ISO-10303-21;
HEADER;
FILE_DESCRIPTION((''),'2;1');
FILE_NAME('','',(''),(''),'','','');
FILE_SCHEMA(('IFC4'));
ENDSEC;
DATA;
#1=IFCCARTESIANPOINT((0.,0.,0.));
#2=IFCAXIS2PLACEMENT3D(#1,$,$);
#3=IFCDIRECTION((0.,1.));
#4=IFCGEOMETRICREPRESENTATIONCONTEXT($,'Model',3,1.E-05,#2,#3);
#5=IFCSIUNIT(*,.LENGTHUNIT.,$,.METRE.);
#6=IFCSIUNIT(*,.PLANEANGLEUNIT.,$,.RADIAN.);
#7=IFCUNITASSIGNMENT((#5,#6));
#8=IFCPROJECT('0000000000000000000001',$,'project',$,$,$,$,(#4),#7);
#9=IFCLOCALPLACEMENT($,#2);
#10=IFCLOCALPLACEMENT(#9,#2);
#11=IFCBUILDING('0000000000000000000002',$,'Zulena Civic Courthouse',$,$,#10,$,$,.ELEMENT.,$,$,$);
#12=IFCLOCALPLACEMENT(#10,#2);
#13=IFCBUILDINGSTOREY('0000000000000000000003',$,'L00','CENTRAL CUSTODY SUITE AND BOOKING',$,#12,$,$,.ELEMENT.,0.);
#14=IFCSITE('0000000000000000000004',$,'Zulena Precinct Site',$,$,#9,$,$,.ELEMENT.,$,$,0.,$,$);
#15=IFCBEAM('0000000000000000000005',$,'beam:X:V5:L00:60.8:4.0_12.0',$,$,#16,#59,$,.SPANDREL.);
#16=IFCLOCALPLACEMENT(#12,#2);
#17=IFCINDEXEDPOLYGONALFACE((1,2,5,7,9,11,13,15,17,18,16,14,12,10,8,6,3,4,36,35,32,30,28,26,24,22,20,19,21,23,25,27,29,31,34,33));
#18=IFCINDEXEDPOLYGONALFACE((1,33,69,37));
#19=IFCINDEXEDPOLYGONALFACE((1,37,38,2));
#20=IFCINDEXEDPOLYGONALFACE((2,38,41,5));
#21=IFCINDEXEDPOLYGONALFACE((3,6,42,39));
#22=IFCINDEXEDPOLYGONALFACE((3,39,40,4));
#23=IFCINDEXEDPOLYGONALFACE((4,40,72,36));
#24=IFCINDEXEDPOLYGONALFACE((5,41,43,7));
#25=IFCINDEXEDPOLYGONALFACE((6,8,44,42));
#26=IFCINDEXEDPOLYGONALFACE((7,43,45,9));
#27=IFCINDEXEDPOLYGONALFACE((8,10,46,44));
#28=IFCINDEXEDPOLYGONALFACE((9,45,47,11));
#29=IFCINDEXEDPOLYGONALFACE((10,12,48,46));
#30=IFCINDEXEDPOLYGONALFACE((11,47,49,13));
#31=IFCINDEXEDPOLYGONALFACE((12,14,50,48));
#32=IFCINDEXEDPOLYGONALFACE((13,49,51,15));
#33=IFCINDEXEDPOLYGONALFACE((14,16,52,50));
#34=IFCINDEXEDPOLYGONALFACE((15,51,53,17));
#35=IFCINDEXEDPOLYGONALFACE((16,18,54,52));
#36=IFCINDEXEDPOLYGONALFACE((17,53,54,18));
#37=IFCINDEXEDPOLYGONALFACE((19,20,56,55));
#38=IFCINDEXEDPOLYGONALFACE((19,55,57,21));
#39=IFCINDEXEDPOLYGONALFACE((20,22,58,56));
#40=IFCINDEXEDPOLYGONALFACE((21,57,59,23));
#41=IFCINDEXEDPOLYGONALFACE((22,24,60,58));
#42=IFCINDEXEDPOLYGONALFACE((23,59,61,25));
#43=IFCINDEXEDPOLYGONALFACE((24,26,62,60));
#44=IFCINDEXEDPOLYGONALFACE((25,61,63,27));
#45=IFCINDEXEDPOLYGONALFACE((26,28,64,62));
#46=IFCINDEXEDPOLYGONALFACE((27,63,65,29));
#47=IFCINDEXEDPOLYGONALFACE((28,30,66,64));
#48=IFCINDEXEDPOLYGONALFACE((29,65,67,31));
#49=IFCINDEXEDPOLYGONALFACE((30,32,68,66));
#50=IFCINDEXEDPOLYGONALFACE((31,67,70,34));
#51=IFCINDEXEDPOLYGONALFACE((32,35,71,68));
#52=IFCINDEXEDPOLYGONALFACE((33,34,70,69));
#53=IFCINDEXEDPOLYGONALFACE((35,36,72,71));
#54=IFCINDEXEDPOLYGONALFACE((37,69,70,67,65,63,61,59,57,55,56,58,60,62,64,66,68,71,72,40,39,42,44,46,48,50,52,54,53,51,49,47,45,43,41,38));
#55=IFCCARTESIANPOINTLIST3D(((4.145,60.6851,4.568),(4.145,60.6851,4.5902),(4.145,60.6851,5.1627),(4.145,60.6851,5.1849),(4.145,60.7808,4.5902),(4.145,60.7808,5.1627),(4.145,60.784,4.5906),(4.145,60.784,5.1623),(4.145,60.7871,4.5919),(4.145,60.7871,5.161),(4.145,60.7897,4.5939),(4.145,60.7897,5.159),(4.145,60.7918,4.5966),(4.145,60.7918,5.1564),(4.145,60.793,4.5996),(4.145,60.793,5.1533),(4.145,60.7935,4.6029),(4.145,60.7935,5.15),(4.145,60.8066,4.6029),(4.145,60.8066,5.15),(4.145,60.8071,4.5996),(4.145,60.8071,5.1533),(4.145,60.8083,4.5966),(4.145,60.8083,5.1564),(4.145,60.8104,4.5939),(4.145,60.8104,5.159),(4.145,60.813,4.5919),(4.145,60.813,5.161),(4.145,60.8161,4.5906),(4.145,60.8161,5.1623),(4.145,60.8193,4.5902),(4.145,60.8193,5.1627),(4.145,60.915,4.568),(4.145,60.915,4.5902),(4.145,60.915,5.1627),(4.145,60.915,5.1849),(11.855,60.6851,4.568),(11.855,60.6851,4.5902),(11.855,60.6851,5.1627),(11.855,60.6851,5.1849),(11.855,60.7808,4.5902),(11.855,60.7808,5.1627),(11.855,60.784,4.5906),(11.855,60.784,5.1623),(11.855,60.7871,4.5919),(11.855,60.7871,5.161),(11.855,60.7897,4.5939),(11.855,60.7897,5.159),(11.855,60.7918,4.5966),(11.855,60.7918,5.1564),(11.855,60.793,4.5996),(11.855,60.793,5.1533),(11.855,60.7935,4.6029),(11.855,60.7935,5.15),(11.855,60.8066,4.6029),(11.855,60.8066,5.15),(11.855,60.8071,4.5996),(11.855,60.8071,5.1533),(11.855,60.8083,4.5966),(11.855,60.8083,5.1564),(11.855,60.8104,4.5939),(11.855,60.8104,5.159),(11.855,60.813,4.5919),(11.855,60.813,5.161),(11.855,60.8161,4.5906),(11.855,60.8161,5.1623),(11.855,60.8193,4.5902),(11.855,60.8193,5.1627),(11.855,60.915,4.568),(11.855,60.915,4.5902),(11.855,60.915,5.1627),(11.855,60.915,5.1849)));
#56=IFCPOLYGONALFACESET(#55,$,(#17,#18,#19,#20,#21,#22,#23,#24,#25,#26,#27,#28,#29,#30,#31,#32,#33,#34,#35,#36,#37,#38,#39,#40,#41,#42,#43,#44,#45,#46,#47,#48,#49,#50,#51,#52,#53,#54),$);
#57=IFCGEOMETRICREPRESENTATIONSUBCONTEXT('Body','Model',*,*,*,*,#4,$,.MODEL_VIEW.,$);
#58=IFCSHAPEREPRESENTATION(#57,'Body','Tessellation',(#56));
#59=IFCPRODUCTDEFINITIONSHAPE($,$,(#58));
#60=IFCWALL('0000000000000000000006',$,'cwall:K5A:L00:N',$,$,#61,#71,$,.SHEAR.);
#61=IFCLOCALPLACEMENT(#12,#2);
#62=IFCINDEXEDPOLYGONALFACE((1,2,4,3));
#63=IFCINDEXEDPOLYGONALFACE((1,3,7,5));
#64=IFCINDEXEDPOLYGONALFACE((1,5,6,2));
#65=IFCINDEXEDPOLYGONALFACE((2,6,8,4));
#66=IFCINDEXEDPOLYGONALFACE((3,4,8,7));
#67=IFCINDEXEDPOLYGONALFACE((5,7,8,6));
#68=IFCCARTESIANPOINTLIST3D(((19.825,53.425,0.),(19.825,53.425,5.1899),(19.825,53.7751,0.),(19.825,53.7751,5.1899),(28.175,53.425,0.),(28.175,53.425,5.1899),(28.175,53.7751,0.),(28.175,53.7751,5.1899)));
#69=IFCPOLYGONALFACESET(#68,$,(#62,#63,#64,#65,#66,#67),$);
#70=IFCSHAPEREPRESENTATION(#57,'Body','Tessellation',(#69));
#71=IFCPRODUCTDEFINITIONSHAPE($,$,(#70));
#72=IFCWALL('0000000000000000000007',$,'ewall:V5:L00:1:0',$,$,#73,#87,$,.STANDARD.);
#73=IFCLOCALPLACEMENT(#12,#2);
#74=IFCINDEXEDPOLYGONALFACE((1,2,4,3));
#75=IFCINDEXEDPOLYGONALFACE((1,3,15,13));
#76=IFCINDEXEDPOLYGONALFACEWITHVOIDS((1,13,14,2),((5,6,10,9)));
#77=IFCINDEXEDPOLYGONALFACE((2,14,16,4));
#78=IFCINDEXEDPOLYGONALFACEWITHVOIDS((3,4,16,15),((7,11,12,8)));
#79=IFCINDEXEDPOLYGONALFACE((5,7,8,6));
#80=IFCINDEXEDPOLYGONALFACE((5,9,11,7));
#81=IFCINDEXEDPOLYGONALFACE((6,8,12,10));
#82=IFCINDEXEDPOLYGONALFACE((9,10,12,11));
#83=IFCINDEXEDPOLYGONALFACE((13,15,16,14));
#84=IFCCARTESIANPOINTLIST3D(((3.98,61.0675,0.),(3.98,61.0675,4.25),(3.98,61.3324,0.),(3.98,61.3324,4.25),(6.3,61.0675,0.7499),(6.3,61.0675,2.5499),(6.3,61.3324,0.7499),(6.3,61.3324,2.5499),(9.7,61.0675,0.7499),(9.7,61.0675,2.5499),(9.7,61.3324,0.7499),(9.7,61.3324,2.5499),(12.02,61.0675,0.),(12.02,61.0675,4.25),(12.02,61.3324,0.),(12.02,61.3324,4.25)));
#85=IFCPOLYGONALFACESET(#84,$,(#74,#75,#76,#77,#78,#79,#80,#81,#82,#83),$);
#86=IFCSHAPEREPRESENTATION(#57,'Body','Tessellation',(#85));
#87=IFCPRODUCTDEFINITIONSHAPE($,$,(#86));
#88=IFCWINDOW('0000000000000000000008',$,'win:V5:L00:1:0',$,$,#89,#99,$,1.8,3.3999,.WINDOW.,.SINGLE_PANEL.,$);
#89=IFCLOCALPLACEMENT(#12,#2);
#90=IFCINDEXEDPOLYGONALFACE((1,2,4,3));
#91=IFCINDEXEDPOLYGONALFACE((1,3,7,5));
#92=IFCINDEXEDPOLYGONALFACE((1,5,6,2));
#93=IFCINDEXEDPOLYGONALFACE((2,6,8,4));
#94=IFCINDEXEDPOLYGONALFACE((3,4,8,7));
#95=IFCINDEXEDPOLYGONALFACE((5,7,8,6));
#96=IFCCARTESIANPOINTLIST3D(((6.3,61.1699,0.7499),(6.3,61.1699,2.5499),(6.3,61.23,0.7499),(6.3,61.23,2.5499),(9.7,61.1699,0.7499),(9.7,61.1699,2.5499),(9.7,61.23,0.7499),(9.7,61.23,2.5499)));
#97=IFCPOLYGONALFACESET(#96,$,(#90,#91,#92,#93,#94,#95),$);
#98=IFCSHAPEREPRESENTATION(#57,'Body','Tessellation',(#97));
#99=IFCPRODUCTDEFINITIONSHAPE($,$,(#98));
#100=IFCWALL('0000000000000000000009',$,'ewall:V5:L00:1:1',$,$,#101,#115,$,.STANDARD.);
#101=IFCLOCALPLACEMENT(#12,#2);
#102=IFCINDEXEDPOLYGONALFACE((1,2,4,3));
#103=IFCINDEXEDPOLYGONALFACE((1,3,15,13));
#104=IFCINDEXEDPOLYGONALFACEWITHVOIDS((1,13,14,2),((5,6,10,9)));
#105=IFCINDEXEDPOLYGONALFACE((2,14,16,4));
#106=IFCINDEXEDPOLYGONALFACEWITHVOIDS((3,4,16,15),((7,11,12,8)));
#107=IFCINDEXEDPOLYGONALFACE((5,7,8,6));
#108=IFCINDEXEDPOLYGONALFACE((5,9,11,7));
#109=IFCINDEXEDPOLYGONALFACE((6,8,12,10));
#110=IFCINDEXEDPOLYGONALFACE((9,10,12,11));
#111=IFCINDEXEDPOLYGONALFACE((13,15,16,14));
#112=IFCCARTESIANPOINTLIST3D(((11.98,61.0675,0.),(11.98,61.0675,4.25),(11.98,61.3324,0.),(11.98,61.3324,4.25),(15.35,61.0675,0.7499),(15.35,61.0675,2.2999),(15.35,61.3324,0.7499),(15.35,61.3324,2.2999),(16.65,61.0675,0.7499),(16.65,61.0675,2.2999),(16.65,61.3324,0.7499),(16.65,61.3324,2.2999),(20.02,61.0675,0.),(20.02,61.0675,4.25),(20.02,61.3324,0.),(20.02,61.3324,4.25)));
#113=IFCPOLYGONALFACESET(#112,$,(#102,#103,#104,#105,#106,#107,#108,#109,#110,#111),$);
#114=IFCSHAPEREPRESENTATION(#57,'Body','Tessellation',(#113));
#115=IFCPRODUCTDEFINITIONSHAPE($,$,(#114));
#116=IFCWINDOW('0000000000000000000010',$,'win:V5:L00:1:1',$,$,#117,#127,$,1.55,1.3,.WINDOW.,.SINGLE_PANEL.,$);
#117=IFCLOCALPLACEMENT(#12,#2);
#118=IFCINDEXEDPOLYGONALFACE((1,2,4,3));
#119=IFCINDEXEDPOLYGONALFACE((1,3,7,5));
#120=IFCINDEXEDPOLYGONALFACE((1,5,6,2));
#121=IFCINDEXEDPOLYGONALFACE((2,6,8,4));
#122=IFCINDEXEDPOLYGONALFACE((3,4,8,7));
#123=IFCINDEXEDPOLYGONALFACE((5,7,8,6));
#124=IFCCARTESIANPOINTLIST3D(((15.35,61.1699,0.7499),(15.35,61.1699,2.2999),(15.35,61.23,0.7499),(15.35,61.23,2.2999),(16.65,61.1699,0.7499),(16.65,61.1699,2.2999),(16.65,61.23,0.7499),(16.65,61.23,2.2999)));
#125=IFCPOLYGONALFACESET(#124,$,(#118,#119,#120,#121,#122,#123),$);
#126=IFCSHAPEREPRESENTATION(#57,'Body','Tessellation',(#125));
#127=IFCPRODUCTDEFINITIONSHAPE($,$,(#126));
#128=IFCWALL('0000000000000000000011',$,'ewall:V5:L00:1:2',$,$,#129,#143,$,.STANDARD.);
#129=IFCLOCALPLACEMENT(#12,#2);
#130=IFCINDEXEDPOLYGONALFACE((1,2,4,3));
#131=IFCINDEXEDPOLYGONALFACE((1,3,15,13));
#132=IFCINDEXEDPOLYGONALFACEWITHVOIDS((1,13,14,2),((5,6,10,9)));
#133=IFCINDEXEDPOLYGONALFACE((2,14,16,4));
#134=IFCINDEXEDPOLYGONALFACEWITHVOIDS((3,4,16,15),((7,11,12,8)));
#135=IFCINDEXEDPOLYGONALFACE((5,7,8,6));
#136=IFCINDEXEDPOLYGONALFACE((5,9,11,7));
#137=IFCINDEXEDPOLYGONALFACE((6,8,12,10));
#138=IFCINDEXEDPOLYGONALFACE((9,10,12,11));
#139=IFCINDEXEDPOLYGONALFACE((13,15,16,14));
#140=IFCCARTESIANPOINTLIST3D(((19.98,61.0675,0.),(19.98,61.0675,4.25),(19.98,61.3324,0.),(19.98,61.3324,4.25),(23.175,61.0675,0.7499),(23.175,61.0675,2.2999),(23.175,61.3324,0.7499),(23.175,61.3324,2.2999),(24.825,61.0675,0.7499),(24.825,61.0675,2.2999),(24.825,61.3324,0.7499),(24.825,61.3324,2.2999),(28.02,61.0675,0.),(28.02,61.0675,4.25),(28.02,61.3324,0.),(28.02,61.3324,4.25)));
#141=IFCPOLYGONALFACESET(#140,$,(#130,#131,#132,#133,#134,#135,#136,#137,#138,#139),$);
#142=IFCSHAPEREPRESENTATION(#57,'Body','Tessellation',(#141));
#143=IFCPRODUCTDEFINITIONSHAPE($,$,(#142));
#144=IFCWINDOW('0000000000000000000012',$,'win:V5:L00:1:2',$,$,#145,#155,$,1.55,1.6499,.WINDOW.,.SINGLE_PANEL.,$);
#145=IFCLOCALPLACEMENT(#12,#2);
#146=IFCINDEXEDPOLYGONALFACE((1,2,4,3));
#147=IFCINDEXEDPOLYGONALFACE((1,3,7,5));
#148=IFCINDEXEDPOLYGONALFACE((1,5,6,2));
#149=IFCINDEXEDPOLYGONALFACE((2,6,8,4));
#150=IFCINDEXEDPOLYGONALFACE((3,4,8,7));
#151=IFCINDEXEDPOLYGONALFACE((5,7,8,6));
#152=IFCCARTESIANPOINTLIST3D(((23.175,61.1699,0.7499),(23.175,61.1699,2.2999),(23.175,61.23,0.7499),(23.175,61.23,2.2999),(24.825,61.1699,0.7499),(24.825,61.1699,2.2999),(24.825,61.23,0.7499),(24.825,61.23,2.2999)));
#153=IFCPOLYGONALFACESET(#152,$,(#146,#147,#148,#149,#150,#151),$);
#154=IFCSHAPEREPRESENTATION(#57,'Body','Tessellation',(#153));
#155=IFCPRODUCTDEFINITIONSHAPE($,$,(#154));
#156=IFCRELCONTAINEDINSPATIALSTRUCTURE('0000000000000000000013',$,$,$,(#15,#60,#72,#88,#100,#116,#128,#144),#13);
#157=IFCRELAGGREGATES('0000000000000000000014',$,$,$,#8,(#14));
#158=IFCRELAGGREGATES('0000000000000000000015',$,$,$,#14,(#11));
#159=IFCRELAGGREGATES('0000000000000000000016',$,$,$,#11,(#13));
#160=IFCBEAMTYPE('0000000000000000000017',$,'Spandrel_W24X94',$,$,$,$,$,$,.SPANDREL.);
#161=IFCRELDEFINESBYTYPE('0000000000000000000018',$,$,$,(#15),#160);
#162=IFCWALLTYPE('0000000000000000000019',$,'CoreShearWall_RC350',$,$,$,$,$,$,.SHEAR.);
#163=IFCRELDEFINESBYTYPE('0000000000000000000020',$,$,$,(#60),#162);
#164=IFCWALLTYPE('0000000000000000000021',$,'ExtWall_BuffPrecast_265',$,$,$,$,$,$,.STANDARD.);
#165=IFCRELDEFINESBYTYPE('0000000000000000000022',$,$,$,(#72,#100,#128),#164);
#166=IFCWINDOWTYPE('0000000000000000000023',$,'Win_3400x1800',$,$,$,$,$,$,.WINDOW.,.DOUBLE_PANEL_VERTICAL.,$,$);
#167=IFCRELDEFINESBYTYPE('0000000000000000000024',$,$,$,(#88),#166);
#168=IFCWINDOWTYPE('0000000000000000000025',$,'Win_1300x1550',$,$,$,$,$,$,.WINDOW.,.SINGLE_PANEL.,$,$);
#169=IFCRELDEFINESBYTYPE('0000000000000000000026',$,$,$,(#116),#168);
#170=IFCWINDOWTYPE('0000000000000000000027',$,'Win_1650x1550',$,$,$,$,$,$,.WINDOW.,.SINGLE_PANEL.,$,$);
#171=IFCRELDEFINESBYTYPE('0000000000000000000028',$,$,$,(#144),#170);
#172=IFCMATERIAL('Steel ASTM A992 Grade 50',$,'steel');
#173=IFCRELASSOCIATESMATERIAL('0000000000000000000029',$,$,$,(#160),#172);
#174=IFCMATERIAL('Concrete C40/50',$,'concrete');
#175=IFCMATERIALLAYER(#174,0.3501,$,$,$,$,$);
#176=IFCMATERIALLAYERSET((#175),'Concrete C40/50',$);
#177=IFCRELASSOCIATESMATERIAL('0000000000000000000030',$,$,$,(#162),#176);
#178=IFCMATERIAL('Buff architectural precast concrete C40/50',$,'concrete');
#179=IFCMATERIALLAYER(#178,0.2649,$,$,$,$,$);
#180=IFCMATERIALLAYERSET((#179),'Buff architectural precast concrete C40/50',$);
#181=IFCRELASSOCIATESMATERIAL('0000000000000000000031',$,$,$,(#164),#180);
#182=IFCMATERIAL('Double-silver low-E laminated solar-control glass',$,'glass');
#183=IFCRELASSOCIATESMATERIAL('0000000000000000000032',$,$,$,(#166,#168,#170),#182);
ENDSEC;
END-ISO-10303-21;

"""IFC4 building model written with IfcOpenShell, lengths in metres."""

from ifc_helpers import new_model, si_unit, direction, frame, frame_2d, origin, origin_2d, place, context, subcontext, project, spatial, rectangle, i_section, extrude, material, layer, layer_set, material_profile, profile_set, type_object, element, fill, save


model = new_model("IFC4")

# Units and contexts
model_context = context("Model", 3, precision=1e-05, world=origin(), true_north=direction((0.0, 1.0)))
body_context = subcontext(model_context, "Body", "Model", "MODEL_VIEW")
ifc_project = project(units=[si_unit("LENGTHUNIT", "METRE"), si_unit("PLANEANGLEUNIT", "RADIAN")], contexts=[model_context])

# Site, building, storey
site_placement = place(None, origin())
site = spatial("IfcSite", under=ifc_project, at=site_placement, Name="Zulena Precinct Site", CompositionType="ELEMENT", RefElevation=0.0)
building_placement = place(site_placement, origin())
building = spatial("IfcBuilding", under=site, at=building_placement, Name="Zulena Civic Courthouse", CompositionType="ELEMENT")
storey_placement = place(building_placement, origin())
storey = spatial("IfcBuildingStorey", under=building, at=storey_placement, Name="L00", Description="CENTRAL CUSTODY SUITE AND BOOKING", CompositionType="ELEMENT", Elevation=0.0)

# Shared definitions
ifc_material_1 = material(Name="Steel ASTM A992 Grade 50", Category="steel")

# Beam
ifc_material_profile_1 = material_profile(ifc_material_1, i_section(OverallWidth=0.23, OverallDepth=0.6169, WebThickness=0.0132, FlangeThickness=0.0222, FilletRadius=0.0127, at=origin_2d()), Name="W24X94")
ifc_profile_set_1 = profile_set([ifc_material_profile_1], Name="Steel ASTM A992 Grade 50")
beam_type_1 = type_object("IfcBeamType", Name="Spandrel_W24X94", PredefinedType="SPANDREL", material=ifc_profile_set_1)
beam_1_placement = place(storey_placement, frame((4.145, 60.8, 4.8765), z_axis=(1.0, 0.0, 0.0), x_axis=(0.0, 1.0, 0.0)))
element("IfcBeam", 1, at=beam_1_placement, inside=storey, type_object=beam_type_1, Name="beam:X:V5:L00:60.8:4.0_12.0", PredefinedType="SPANDREL", context=body_context, shape_type="SweptSolid", body=[
    extrude(i_section(OverallWidth=0.23, OverallDepth=0.6169, WebThickness=0.0132, FlangeThickness=0.0222, FilletRadius=0.0127, at=origin_2d()), origin(), (0.0, 0.0, 1.0), 7.71),
])

# Wall
ifc_material_2 = material(Name="Concrete C40/50", Category="concrete")
ifc_layer_1 = layer(ifc_material_2, 0.3501)
ifc_layer_set_1 = layer_set([ifc_layer_1], Name="Concrete C40/50")
wall_type_1 = type_object("IfcWallType", Name="CoreShearWall_RC350", PredefinedType="SHEAR", material=ifc_layer_set_1)
wall_1_placement = place(storey_placement, frame((19.825, 53.6001, 0.0), z_axis=(0.0, 0.0, 1.0), x_axis=(1.0, 0.0, 0.0)))
element("IfcWall", 2, at=wall_1_placement, inside=storey, type_object=wall_type_1, Name="cwall:K5A:L00:N", PredefinedType="SHEAR", context=body_context, shape_type="SweptSolid", body=[
    extrude(rectangle(XDim=8.3501, YDim=0.3501, at=frame_2d((4.175, 0.0))), origin(), (0.0, 0.0, 1.0), 5.1899),
])

# Walls, openings, windows
ifc_material_3 = material(Name="Buff architectural precast concrete C40/50", Category="concrete")
ifc_layer_2 = layer(ifc_material_3, 0.2649)
ifc_layer_set_2 = layer_set([ifc_layer_2], Name="Buff architectural precast concrete C40/50")
wall_type_2 = type_object("IfcWallType", Name="ExtWall_BuffPrecast_265", PredefinedType="STANDARD", material=ifc_layer_set_2)
wall_2_placement = place(storey_placement, frame((3.98, 61.2, 0.0), z_axis=(0.0, 0.0, 1.0), x_axis=(1.0, 0.0, 0.0)))
wall_2 = element("IfcWall", 3, at=wall_2_placement, inside=storey, type_object=wall_type_2, Name="ewall:V5:L00:1:0", PredefinedType="STANDARD", context=body_context, shape_type="SweptSolid", body=[
    extrude(rectangle(XDim=8.04, YDim=0.2649, at=frame_2d((4.02, 0.0))), origin(), (0.0, 0.0, 1.0), 4.25),
])
opening_1_placement = place(wall_2_placement, frame((2.3201, 0.0, 0.75)))
opening_1 = element("IfcOpeningElement", 4, at=opening_1_placement, cuts=wall_2, PredefinedType="OPENING", context=body_context, shape_type="SweptSolid", body=[
    extrude(rectangle(XDim=3.3999, YDim=1.8, at=frame_2d((1.7, 0.8999))), frame((0.0, 0.1423, 0.0), z_axis=(0.0, -1.0, 0.0), x_axis=(1.0, 0.0, 0.0)), (0.0, 0.0, 1.0), 0.2849),
])
ifc_material_4 = material(Name="Double-silver low-E laminated solar-control glass", Category="glass")
window_type_1 = type_object("IfcWindowType", Name="Win_3400x1800", PartitioningType="DOUBLE_PANEL_VERTICAL", PredefinedType="WINDOW", material=ifc_material_4)
window_1_placement = place(opening_1_placement, origin())
window_1 = element("IfcWindow", 5, at=window_1_placement, inside=storey, type_object=window_type_1, Name="win:V5:L00:1:0", OverallHeight=1.8, OverallWidth=3.3999, PartitioningType="SINGLE_PANEL", PredefinedType="WINDOW", context=body_context, shape_type="SweptSolid", body=[
    extrude(rectangle(XDim=3.3999, YDim=1.8, at=frame_2d((1.7, 0.8999))), frame((0.0, 0.03, 0.0), z_axis=(0.0, -1.0, 0.0), x_axis=(1.0, 0.0, 0.0)), (0.0, 0.0, 1.0), 0.0601),
])
fill(opening_1, window_1)
wall_3_placement = place(storey_placement, frame((11.98, 61.2, 0.0), z_axis=(0.0, 0.0, 1.0), x_axis=(1.0, 0.0, 0.0)))
wall_3 = element("IfcWall", 6, at=wall_3_placement, inside=storey, type_object=wall_type_2, Name="ewall:V5:L00:1:1", PredefinedType="STANDARD", context=body_context, shape_type="SweptSolid", body=[
    extrude(rectangle(XDim=8.04, YDim=0.2649, at=frame_2d((4.02, 0.0))), origin(), (0.0, 0.0, 1.0), 4.25),
])
opening_2_placement = place(wall_3_placement, frame((3.3701, 0.0, 0.75)))
opening_2 = element("IfcOpeningElement", 7, at=opening_2_placement, cuts=wall_3, PredefinedType="OPENING", context=body_context, shape_type="SweptSolid", body=[
    extrude(rectangle(XDim=1.3, YDim=1.55, at=frame_2d((0.6499, 0.7749))), frame((0.0, 0.1423, 0.0), z_axis=(0.0, -1.0, 0.0), x_axis=(1.0, 0.0, 0.0)), (0.0, 0.0, 1.0), 0.2849),
])
window_type_2 = type_object("IfcWindowType", Name="Win_1300x1550", PartitioningType="SINGLE_PANEL", PredefinedType="WINDOW", material=ifc_material_4)
window_2_placement = place(opening_2_placement, origin())
window_2 = element("IfcWindow", 8, at=window_2_placement, inside=storey, type_object=window_type_2, Name="win:V5:L00:1:1", OverallHeight=1.55, OverallWidth=1.3, PartitioningType="SINGLE_PANEL", PredefinedType="WINDOW", context=body_context, shape_type="SweptSolid", body=[
    extrude(rectangle(XDim=1.3, YDim=1.55, at=frame_2d((0.6499, 0.7749))), frame((0.0, 0.03, 0.0), z_axis=(0.0, -1.0, 0.0), x_axis=(1.0, 0.0, 0.0)), (0.0, 0.0, 1.0), 0.0601),
])
fill(opening_2, window_2)
wall_4_placement = place(storey_placement, frame((19.98, 61.2, 0.0), z_axis=(0.0, 0.0, 1.0), x_axis=(1.0, 0.0, 0.0)))
wall_4 = element("IfcWall", 9, at=wall_4_placement, inside=storey, type_object=wall_type_2, Name="ewall:V5:L00:1:2", PredefinedType="STANDARD", context=body_context, shape_type="SweptSolid", body=[
    extrude(rectangle(XDim=8.04, YDim=0.2649, at=frame_2d((4.02, 0.0))), origin(), (0.0, 0.0, 1.0), 4.25),
])
opening_3_placement = place(wall_4_placement, frame((3.1951, 0.0, 0.75)))
opening_3 = element("IfcOpeningElement", 10, at=opening_3_placement, cuts=wall_4, PredefinedType="OPENING", context=body_context, shape_type="SweptSolid", body=[
    extrude(rectangle(XDim=1.6499, YDim=1.55, at=frame_2d((0.825, 0.7749))), frame((0.0, 0.1423, 0.0), z_axis=(0.0, -1.0, 0.0), x_axis=(1.0, 0.0, 0.0)), (0.0, 0.0, 1.0), 0.2849),
])
window_type_3 = type_object("IfcWindowType", Name="Win_1650x1550", PartitioningType="SINGLE_PANEL", PredefinedType="WINDOW", material=ifc_material_4)
window_3_placement = place(opening_3_placement, origin())
window_3 = element("IfcWindow", 11, at=window_3_placement, inside=storey, type_object=window_type_3, Name="win:V5:L00:1:2", OverallHeight=1.55, OverallWidth=1.6499, PartitioningType="SINGLE_PANEL", PredefinedType="WINDOW", context=body_context, shape_type="SweptSolid", body=[
    extrude(rectangle(XDim=1.6499, YDim=1.55, at=frame_2d((0.825, 0.7749))), frame((0.0, 0.03, 0.0), z_axis=(0.0, -1.0, 0.0), x_axis=(1.0, 0.0, 0.0)), (0.0, 0.0, 1.0), 0.0601),
])
fill(opening_3, window_3)

save(model, "model.ifc")
